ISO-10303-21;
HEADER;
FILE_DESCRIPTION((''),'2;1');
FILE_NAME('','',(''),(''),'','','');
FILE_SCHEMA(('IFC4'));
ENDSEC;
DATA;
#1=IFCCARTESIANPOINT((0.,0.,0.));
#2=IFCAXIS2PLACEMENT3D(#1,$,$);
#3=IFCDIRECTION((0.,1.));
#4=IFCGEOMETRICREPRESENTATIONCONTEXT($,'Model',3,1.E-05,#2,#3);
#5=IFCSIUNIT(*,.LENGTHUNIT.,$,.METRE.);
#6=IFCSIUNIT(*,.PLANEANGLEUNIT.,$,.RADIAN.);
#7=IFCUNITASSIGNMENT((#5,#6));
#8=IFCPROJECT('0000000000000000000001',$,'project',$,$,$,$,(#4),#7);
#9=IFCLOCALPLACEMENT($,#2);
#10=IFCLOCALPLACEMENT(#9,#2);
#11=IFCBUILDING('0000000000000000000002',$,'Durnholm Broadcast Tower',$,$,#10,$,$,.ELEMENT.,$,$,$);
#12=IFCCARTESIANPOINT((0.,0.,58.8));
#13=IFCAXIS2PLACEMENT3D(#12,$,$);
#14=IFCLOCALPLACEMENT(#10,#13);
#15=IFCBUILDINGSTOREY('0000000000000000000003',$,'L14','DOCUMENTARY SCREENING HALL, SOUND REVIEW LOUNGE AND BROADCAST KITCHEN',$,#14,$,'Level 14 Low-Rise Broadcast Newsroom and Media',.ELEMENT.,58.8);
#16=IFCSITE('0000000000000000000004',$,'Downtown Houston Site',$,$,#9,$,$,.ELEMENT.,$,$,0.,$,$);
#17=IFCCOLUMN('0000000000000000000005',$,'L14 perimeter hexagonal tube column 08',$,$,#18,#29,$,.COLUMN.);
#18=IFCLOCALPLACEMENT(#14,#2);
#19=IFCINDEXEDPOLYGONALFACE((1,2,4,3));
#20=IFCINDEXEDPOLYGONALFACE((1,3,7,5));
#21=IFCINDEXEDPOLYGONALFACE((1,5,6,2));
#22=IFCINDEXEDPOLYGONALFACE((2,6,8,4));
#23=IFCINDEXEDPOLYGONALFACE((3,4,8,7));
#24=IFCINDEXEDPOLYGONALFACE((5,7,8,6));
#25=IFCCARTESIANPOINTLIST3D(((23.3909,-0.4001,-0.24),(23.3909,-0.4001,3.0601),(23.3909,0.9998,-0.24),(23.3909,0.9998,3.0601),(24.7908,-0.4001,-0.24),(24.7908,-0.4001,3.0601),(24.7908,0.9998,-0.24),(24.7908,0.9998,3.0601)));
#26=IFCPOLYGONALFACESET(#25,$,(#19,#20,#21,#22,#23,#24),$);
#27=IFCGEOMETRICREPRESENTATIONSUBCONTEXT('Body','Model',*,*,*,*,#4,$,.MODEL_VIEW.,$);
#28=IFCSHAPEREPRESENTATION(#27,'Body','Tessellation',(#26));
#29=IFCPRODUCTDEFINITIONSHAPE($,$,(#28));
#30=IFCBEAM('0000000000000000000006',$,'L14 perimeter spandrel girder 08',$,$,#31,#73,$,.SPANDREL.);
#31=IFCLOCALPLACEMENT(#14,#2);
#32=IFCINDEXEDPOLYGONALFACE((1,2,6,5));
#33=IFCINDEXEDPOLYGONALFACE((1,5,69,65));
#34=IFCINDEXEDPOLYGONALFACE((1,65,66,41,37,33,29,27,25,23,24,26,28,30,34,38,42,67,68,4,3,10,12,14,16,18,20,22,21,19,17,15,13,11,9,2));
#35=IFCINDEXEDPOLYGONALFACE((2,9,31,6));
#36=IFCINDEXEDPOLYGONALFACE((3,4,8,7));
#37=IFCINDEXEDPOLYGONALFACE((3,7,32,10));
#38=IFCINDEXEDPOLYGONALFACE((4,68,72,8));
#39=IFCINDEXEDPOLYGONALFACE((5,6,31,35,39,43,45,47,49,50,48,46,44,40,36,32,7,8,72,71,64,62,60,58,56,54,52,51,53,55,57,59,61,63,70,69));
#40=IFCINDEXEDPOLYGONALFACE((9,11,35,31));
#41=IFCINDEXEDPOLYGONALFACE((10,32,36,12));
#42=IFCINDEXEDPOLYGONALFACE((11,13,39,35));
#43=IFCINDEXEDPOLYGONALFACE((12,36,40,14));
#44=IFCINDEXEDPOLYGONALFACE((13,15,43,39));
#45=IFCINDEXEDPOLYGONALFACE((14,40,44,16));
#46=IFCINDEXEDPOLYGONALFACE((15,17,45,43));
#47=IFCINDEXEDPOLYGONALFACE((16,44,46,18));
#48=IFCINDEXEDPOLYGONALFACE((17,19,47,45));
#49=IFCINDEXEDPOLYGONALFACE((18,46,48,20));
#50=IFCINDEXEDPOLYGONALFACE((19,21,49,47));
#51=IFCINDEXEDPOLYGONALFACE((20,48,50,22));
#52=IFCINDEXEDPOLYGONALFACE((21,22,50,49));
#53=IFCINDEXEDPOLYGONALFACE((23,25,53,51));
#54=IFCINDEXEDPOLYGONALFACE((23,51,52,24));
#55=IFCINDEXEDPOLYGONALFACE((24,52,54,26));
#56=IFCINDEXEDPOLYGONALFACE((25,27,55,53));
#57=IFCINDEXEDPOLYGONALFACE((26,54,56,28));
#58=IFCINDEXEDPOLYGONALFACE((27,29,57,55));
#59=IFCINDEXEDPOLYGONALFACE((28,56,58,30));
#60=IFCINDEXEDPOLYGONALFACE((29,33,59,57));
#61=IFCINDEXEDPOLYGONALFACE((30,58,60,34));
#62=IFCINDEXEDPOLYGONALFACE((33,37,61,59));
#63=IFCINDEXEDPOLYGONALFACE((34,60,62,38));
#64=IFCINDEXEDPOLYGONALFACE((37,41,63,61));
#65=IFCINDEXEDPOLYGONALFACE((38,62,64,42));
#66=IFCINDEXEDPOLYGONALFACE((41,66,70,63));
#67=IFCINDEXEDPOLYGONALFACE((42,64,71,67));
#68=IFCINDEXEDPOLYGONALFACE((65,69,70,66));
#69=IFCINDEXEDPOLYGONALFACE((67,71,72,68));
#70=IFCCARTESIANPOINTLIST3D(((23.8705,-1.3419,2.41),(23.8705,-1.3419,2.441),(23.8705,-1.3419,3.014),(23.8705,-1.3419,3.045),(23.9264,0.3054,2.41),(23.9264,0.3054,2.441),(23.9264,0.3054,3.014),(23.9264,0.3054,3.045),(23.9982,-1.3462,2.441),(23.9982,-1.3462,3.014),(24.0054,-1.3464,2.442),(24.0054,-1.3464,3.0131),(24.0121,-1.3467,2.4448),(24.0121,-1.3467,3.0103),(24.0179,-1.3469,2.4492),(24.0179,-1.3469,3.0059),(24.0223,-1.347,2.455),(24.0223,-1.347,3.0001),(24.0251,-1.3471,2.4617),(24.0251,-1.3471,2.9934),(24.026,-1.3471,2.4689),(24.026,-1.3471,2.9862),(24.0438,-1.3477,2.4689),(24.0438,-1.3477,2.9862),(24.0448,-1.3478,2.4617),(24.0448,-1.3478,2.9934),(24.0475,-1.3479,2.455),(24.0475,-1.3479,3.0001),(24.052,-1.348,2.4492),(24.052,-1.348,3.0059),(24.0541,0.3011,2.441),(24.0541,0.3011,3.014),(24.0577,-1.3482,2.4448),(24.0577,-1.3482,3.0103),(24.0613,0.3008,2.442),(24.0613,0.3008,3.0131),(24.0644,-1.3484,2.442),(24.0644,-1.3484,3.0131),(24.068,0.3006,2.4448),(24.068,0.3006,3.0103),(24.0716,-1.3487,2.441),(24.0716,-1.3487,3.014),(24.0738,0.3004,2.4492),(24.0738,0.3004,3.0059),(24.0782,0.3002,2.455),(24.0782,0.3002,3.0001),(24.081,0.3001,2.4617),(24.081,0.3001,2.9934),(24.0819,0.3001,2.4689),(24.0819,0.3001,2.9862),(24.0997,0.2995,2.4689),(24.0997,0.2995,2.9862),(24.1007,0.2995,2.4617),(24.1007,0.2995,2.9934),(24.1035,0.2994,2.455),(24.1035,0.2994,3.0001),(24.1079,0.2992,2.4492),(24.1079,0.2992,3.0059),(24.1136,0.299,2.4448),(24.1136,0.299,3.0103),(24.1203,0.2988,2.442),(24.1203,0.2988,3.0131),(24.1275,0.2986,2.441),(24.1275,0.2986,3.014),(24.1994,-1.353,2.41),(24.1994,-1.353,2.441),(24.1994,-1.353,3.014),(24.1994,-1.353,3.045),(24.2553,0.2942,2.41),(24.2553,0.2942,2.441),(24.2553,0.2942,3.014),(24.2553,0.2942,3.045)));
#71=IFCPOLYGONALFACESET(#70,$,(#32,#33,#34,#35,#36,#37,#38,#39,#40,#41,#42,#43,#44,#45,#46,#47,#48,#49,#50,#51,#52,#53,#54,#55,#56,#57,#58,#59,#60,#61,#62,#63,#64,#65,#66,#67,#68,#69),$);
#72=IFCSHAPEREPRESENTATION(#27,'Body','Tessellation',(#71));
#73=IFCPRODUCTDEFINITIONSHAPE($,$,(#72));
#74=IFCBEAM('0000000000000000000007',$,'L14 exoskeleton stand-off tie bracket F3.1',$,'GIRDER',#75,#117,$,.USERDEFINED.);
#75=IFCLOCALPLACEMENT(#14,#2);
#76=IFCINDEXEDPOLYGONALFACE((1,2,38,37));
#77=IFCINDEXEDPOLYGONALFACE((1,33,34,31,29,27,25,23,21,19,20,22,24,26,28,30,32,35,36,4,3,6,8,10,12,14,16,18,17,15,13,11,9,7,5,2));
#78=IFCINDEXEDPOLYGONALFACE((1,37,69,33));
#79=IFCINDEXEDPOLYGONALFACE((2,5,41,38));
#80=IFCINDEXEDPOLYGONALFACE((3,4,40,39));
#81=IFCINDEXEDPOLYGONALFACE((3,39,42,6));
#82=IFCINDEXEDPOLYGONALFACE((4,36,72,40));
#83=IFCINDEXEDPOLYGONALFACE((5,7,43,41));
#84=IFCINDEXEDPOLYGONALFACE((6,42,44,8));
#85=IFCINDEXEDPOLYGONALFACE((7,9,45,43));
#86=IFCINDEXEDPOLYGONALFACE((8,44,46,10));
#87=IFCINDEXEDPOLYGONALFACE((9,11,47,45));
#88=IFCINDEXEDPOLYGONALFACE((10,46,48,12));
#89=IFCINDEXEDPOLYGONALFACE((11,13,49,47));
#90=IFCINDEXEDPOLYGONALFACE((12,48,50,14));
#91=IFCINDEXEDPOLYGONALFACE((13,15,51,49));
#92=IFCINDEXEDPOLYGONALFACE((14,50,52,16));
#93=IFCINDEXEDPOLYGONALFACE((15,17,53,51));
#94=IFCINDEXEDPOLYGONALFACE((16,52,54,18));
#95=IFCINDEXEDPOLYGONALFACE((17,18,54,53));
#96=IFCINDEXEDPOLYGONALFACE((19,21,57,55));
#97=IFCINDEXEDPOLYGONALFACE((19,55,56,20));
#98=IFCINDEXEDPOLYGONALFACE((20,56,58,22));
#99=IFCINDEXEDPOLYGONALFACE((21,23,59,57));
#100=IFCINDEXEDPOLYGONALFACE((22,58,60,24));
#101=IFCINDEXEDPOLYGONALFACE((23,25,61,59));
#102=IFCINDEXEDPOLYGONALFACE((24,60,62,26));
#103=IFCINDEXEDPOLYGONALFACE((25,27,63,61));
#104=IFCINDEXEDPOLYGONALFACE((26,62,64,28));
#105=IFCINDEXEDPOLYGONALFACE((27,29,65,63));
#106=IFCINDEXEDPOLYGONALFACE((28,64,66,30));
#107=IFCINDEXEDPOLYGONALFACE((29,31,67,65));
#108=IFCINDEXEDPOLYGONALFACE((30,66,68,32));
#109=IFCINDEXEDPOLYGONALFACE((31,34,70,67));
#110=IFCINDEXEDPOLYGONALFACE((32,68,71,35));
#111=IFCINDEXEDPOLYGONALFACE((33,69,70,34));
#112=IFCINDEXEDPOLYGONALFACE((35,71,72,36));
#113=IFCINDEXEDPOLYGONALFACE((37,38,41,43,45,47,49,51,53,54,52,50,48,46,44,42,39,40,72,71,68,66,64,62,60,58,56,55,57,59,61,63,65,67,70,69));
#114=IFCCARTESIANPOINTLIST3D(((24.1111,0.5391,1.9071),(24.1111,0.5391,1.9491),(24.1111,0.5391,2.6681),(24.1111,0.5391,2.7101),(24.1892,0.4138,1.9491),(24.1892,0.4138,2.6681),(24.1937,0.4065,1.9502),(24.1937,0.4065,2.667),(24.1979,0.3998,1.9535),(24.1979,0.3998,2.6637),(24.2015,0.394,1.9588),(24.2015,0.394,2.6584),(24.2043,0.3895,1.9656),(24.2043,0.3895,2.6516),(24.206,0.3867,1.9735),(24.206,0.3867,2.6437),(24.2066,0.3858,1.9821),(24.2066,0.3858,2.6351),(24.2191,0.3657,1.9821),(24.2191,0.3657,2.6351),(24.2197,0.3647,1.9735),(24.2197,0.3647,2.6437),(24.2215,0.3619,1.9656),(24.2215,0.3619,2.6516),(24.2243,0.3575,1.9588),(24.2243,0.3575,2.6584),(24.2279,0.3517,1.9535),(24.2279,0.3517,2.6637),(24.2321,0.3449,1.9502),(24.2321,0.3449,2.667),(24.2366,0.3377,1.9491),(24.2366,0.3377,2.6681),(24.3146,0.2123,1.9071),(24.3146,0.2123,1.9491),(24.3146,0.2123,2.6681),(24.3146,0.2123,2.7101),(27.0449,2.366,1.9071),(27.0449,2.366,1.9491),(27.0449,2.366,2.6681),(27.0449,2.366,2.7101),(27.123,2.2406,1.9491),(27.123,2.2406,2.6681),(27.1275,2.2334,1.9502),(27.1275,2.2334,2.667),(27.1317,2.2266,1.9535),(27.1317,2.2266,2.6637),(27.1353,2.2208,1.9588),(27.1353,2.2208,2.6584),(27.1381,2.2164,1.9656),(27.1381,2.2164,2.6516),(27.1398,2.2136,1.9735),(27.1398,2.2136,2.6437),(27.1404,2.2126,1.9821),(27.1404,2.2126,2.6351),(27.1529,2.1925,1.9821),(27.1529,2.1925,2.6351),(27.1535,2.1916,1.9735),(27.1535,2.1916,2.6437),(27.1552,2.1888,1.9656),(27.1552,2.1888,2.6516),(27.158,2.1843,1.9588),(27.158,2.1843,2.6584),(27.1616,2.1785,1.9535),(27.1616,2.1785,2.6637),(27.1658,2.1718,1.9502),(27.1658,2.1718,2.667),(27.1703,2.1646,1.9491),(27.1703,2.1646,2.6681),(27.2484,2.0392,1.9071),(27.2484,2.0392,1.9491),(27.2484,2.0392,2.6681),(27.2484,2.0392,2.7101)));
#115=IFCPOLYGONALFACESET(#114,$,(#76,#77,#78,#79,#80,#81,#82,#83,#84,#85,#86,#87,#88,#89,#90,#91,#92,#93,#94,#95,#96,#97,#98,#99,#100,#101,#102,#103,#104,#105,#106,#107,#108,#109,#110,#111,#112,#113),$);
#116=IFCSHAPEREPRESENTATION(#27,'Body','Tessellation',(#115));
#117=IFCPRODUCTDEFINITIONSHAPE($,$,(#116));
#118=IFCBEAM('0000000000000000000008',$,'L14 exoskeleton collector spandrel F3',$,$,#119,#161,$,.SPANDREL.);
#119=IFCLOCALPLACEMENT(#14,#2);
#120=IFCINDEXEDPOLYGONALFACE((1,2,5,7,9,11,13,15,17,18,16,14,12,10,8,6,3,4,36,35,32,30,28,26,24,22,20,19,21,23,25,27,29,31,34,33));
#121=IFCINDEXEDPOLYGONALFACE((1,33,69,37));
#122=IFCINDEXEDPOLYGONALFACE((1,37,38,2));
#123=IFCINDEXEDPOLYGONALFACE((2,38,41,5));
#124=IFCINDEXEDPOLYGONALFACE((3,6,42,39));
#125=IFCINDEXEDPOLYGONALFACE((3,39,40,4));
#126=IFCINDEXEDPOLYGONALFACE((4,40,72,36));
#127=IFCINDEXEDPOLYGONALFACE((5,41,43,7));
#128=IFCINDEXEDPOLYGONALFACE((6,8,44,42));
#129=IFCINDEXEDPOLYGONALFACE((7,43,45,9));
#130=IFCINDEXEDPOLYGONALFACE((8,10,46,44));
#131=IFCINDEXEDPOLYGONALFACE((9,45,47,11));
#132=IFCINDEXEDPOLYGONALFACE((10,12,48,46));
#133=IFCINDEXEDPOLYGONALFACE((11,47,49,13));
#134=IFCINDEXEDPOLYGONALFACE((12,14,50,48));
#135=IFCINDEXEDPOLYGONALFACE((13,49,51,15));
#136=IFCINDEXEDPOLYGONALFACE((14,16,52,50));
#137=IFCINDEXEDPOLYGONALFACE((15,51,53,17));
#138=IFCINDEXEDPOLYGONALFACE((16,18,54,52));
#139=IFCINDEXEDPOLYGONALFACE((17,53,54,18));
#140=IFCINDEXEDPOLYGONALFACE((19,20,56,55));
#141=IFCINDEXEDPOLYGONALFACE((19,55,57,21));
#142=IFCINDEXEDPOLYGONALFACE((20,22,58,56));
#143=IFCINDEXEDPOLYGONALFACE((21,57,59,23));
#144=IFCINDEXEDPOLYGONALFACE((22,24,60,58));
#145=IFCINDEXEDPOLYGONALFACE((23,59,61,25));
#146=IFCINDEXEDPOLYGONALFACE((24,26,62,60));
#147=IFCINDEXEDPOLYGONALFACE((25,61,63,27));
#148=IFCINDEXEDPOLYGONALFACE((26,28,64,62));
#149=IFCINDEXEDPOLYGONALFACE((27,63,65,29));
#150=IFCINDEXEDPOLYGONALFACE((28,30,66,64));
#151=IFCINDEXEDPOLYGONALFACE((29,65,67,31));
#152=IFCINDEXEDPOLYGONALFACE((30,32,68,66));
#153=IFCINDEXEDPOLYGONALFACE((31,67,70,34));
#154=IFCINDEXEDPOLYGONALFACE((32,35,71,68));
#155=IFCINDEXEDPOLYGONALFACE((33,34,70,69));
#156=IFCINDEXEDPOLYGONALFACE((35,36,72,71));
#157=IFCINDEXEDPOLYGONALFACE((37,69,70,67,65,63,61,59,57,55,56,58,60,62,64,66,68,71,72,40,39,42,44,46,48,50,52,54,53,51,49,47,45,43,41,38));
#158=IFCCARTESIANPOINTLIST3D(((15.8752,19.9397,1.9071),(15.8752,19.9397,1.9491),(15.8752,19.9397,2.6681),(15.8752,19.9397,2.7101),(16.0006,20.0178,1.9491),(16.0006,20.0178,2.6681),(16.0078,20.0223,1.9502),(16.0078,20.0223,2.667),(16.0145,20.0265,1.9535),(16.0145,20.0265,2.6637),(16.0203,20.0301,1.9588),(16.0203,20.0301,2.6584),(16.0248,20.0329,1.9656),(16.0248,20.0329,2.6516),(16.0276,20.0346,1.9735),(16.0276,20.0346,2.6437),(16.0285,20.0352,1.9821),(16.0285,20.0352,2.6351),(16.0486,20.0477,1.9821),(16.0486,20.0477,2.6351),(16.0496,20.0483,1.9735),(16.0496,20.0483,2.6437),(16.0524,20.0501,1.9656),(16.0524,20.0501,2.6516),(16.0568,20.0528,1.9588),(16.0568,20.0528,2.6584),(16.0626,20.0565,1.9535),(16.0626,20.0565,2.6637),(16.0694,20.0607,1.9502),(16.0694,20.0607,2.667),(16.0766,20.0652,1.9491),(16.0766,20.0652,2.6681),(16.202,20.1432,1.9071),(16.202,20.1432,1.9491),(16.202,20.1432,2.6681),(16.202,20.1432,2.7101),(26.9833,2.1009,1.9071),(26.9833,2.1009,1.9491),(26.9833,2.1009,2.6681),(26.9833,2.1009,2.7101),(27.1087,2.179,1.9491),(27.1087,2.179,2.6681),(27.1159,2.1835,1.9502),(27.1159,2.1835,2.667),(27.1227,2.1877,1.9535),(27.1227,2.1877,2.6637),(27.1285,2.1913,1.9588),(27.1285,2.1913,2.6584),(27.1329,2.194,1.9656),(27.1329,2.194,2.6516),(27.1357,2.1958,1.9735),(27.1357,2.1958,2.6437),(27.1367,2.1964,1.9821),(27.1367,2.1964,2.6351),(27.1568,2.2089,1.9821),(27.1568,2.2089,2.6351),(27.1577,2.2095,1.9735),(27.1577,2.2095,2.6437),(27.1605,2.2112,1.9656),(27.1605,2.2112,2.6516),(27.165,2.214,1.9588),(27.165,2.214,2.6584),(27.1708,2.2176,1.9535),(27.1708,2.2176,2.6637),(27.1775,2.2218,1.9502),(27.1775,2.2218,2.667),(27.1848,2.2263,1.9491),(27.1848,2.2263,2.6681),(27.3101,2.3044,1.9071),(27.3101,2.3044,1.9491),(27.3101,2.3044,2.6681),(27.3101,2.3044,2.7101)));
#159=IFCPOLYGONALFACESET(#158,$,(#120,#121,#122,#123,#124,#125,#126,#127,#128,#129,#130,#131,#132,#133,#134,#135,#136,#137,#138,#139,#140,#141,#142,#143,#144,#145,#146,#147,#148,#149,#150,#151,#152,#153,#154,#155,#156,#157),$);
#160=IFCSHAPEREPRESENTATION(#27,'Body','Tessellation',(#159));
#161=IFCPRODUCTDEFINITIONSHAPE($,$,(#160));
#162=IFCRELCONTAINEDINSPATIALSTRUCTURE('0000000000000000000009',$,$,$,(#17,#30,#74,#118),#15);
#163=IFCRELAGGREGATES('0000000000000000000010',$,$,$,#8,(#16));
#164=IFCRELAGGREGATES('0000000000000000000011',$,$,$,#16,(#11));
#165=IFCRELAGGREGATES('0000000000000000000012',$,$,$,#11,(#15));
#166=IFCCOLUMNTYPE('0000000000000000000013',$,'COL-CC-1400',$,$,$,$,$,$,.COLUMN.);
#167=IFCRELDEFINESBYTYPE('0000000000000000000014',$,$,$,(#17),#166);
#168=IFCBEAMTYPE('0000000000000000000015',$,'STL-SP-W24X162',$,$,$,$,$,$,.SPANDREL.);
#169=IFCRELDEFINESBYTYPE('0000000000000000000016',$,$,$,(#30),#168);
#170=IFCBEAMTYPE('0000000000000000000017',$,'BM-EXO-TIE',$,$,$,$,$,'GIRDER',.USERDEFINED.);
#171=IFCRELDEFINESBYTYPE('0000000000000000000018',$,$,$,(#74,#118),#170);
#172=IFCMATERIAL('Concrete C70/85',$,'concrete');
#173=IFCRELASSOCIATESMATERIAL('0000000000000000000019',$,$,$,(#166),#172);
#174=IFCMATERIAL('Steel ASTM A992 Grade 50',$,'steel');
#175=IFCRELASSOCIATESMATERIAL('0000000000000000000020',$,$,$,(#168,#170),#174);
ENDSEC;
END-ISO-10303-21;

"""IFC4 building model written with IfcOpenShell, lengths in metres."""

from ifc_helpers import new_model, si_unit, direction, frame, origin, origin_2d, place, context, subcontext, project, spatial, rectangle, i_section, extrude, source, transform, mapped, material, material_profile, profile_set, type_object, type_shapes, element, save


model = new_model("IFC4")

# Units and contexts
model_context = context("Model", 3, precision=1e-05, world=origin(), true_north=direction((0.0, 1.0)))
body_context = subcontext(model_context, "Body", "Model", "MODEL_VIEW")
ifc_project = project(units=[si_unit("LENGTHUNIT", "METRE"), si_unit("PLANEANGLEUNIT", "RADIAN")], contexts=[model_context])

# Site, building, storey
site_placement = place(None, origin())
site = spatial("IfcSite", under=ifc_project, at=site_placement, Name="Downtown Houston Site", CompositionType="ELEMENT", RefElevation=0.0)
building_placement = place(site_placement, origin())
building = spatial("IfcBuilding", under=site, at=building_placement, Name="Durnholm Broadcast Tower", CompositionType="ELEMENT")
storey_placement = place(building_placement, frame((0.0, 0.0, 58.8)))
storey = spatial("IfcBuildingStorey", under=building, at=storey_placement, Name="L14", Description="DOCUMENTARY SCREENING HALL, SOUND REVIEW LOUNGE AND BROADCAST KITCHEN", LongName="Level 14 Low-Rise Broadcast Newsroom and Media", CompositionType="ELEMENT", Elevation=58.8)

# Column
ifc_material_1 = material(Name="Concrete C70/85", Category="concrete")
ifc_material_profile_1 = material_profile(ifc_material_1, rectangle(XDim=1.3999, YDim=1.3999, at=origin_2d()), Name="RC1400X1400")
ifc_profile_set_1 = profile_set([ifc_material_profile_1], Name="Concrete C70/85")
column_type = type_object("IfcColumnType", Name="COL-CC-1400", PredefinedType="COLUMN", material=ifc_profile_set_1)
shared_shape_1 = source(origin(), body_context, "Body", "SweptSolid", [
    extrude(rectangle(XDim=1.3999, YDim=1.3999, at=origin_2d()), origin(), (0.0, 0.0, 1.0), 3.3),
])
type_shapes(column_type, [shared_shape_1])
column_placement = place(storey_placement, frame((24.0908, 0.2998, -0.24), z_axis=(0.0, 0.0, 1.0), x_axis=(1.0, 0.0, 0.0)))
element("IfcColumn", 1, at=column_placement, inside=storey, type_object=column_type, Name="L14 perimeter hexagonal tube column 08", PredefinedType="COLUMN", context=body_context, shape_type="MappedRepresentation", body=[
    mapped(shared_shape_1, transform((0.0, 0.0, 0.0), x_axis=(1.0, 0.0, 0.0), y_axis=(0.0, 1.0, 0.0), z_axis=(0.0, 0.0, 1.0), scale=1.0)),
])

# Beams
ifc_material_2 = material(Name="Steel ASTM A992 Grade 50", Category="steel")
ifc_material_profile_2 = material_profile(ifc_material_2, i_section(OverallWidth=0.3291, OverallDepth=0.635, WebThickness=0.0178, FlangeThickness=0.031, FilletRadius=0.0278, at=origin_2d()), Name="W24X162")
ifc_profile_set_2 = profile_set([ifc_material_profile_2], Name="Steel ASTM A992 Grade 50")
beam_type_1 = type_object("IfcBeamType", Name="STL-SP-W24X162", PredefinedType="SPANDREL", material=ifc_profile_set_2)
shared_shape_2 = source(origin(), body_context, "Body", "SweptSolid", [
    extrude(i_section(OverallWidth=0.3291, OverallDepth=0.635, WebThickness=0.0178, FlangeThickness=0.031, FilletRadius=0.0278, at=origin_2d()), origin(), (0.0, 0.0, 1.0), 1.6482),
])
type_shapes(beam_type_1, [shared_shape_2])
beam_1_placement = place(storey_placement, frame((24.0908, 0.2998, 2.7275), z_axis=(-0.033921, -0.999425, 0.0), x_axis=(0.999425, -0.033921, 0.0)))
element("IfcBeam", 2, at=beam_1_placement, inside=storey, type_object=beam_type_1, Name="L14 perimeter spandrel girder 08", PredefinedType="SPANDREL", context=body_context, shape_type="MappedRepresentation", body=[
    mapped(shared_shape_2, transform((0.0, 0.0, 0.0), x_axis=(1.0, 0.0, 0.0), y_axis=(0.0, 1.0, 0.0), z_axis=(0.0, 0.0, 1.0), scale=1.0)),
])
ifc_material_profile_3 = material_profile(ifc_material_2, i_section(OverallWidth=0.385, OverallDepth=0.803, WebThickness=0.0237, FlangeThickness=0.042, FilletRadius=0.033, at=origin_2d()), Name="W30X261")
ifc_profile_set_3 = profile_set([ifc_material_profile_3], Name="Steel ASTM A992 Grade 50")
beam_type_2 = type_object("IfcBeamType", Name="BM-EXO-TIE", ElementType="GIRDER", PredefinedType="USERDEFINED", material=ifc_profile_set_3)
shared_shape_3 = source(origin(), body_context, "Body", "SweptSolid", [
    extrude(i_section(OverallWidth=0.385, OverallDepth=0.803, WebThickness=0.0237, FlangeThickness=0.042, FilletRadius=0.033, at=origin_2d()), origin(), (0.0, 0.0, 1.0), 3.4561),
])
beam_2_placement = place(storey_placement, frame((24.2129, 0.3757, 2.3086), z_axis=(0.848874, 0.528595, 0.0), x_axis=(-0.528595, 0.848874, 0.0)))
element("IfcBeam", 3, at=beam_2_placement, inside=storey, type_object=beam_type_2, Name="L14 exoskeleton stand-off tie bracket F3.1", ObjectType="GIRDER", PredefinedType="USERDEFINED", context=body_context, shape_type="MappedRepresentation", body=[
    mapped(shared_shape_3, transform((0.0, 0.0, 0.0), x_axis=(1.0, 0.0, 0.0), y_axis=(0.0, 1.0, 0.0), z_axis=(0.0, 0.0, 1.0), scale=1.0)),
])
shared_shape_4 = source(origin(), body_context, "Body", "SweptSolid", [
    extrude(i_section(OverallWidth=0.385, OverallDepth=0.803, WebThickness=0.0237, FlangeThickness=0.042, FilletRadius=0.033, at=origin_2d()), origin(), (0.0, 0.0, 1.0), 21.0146),
])
type_shapes(beam_type_2, [shared_shape_3, shared_shape_4])
beam_3_placement = place(storey_placement, frame((27.1467, 2.2026, 2.3086), z_axis=(-0.528591, 0.848877, 0.0), x_axis=(-0.848877, -0.528591, 0.0)))
element("IfcBeam", 4, at=beam_3_placement, inside=storey, type_object=beam_type_2, Name="L14 exoskeleton collector spandrel F3", PredefinedType="SPANDREL", context=body_context, shape_type="MappedRepresentation", body=[
    mapped(shared_shape_4, transform((0.0, 0.0, 0.0), x_axis=(1.0, 0.0, 0.0), y_axis=(0.0, 1.0, 0.0), z_axis=(0.0, 0.0, 1.0), scale=1.0)),
])

save(model, "model.ifc")
